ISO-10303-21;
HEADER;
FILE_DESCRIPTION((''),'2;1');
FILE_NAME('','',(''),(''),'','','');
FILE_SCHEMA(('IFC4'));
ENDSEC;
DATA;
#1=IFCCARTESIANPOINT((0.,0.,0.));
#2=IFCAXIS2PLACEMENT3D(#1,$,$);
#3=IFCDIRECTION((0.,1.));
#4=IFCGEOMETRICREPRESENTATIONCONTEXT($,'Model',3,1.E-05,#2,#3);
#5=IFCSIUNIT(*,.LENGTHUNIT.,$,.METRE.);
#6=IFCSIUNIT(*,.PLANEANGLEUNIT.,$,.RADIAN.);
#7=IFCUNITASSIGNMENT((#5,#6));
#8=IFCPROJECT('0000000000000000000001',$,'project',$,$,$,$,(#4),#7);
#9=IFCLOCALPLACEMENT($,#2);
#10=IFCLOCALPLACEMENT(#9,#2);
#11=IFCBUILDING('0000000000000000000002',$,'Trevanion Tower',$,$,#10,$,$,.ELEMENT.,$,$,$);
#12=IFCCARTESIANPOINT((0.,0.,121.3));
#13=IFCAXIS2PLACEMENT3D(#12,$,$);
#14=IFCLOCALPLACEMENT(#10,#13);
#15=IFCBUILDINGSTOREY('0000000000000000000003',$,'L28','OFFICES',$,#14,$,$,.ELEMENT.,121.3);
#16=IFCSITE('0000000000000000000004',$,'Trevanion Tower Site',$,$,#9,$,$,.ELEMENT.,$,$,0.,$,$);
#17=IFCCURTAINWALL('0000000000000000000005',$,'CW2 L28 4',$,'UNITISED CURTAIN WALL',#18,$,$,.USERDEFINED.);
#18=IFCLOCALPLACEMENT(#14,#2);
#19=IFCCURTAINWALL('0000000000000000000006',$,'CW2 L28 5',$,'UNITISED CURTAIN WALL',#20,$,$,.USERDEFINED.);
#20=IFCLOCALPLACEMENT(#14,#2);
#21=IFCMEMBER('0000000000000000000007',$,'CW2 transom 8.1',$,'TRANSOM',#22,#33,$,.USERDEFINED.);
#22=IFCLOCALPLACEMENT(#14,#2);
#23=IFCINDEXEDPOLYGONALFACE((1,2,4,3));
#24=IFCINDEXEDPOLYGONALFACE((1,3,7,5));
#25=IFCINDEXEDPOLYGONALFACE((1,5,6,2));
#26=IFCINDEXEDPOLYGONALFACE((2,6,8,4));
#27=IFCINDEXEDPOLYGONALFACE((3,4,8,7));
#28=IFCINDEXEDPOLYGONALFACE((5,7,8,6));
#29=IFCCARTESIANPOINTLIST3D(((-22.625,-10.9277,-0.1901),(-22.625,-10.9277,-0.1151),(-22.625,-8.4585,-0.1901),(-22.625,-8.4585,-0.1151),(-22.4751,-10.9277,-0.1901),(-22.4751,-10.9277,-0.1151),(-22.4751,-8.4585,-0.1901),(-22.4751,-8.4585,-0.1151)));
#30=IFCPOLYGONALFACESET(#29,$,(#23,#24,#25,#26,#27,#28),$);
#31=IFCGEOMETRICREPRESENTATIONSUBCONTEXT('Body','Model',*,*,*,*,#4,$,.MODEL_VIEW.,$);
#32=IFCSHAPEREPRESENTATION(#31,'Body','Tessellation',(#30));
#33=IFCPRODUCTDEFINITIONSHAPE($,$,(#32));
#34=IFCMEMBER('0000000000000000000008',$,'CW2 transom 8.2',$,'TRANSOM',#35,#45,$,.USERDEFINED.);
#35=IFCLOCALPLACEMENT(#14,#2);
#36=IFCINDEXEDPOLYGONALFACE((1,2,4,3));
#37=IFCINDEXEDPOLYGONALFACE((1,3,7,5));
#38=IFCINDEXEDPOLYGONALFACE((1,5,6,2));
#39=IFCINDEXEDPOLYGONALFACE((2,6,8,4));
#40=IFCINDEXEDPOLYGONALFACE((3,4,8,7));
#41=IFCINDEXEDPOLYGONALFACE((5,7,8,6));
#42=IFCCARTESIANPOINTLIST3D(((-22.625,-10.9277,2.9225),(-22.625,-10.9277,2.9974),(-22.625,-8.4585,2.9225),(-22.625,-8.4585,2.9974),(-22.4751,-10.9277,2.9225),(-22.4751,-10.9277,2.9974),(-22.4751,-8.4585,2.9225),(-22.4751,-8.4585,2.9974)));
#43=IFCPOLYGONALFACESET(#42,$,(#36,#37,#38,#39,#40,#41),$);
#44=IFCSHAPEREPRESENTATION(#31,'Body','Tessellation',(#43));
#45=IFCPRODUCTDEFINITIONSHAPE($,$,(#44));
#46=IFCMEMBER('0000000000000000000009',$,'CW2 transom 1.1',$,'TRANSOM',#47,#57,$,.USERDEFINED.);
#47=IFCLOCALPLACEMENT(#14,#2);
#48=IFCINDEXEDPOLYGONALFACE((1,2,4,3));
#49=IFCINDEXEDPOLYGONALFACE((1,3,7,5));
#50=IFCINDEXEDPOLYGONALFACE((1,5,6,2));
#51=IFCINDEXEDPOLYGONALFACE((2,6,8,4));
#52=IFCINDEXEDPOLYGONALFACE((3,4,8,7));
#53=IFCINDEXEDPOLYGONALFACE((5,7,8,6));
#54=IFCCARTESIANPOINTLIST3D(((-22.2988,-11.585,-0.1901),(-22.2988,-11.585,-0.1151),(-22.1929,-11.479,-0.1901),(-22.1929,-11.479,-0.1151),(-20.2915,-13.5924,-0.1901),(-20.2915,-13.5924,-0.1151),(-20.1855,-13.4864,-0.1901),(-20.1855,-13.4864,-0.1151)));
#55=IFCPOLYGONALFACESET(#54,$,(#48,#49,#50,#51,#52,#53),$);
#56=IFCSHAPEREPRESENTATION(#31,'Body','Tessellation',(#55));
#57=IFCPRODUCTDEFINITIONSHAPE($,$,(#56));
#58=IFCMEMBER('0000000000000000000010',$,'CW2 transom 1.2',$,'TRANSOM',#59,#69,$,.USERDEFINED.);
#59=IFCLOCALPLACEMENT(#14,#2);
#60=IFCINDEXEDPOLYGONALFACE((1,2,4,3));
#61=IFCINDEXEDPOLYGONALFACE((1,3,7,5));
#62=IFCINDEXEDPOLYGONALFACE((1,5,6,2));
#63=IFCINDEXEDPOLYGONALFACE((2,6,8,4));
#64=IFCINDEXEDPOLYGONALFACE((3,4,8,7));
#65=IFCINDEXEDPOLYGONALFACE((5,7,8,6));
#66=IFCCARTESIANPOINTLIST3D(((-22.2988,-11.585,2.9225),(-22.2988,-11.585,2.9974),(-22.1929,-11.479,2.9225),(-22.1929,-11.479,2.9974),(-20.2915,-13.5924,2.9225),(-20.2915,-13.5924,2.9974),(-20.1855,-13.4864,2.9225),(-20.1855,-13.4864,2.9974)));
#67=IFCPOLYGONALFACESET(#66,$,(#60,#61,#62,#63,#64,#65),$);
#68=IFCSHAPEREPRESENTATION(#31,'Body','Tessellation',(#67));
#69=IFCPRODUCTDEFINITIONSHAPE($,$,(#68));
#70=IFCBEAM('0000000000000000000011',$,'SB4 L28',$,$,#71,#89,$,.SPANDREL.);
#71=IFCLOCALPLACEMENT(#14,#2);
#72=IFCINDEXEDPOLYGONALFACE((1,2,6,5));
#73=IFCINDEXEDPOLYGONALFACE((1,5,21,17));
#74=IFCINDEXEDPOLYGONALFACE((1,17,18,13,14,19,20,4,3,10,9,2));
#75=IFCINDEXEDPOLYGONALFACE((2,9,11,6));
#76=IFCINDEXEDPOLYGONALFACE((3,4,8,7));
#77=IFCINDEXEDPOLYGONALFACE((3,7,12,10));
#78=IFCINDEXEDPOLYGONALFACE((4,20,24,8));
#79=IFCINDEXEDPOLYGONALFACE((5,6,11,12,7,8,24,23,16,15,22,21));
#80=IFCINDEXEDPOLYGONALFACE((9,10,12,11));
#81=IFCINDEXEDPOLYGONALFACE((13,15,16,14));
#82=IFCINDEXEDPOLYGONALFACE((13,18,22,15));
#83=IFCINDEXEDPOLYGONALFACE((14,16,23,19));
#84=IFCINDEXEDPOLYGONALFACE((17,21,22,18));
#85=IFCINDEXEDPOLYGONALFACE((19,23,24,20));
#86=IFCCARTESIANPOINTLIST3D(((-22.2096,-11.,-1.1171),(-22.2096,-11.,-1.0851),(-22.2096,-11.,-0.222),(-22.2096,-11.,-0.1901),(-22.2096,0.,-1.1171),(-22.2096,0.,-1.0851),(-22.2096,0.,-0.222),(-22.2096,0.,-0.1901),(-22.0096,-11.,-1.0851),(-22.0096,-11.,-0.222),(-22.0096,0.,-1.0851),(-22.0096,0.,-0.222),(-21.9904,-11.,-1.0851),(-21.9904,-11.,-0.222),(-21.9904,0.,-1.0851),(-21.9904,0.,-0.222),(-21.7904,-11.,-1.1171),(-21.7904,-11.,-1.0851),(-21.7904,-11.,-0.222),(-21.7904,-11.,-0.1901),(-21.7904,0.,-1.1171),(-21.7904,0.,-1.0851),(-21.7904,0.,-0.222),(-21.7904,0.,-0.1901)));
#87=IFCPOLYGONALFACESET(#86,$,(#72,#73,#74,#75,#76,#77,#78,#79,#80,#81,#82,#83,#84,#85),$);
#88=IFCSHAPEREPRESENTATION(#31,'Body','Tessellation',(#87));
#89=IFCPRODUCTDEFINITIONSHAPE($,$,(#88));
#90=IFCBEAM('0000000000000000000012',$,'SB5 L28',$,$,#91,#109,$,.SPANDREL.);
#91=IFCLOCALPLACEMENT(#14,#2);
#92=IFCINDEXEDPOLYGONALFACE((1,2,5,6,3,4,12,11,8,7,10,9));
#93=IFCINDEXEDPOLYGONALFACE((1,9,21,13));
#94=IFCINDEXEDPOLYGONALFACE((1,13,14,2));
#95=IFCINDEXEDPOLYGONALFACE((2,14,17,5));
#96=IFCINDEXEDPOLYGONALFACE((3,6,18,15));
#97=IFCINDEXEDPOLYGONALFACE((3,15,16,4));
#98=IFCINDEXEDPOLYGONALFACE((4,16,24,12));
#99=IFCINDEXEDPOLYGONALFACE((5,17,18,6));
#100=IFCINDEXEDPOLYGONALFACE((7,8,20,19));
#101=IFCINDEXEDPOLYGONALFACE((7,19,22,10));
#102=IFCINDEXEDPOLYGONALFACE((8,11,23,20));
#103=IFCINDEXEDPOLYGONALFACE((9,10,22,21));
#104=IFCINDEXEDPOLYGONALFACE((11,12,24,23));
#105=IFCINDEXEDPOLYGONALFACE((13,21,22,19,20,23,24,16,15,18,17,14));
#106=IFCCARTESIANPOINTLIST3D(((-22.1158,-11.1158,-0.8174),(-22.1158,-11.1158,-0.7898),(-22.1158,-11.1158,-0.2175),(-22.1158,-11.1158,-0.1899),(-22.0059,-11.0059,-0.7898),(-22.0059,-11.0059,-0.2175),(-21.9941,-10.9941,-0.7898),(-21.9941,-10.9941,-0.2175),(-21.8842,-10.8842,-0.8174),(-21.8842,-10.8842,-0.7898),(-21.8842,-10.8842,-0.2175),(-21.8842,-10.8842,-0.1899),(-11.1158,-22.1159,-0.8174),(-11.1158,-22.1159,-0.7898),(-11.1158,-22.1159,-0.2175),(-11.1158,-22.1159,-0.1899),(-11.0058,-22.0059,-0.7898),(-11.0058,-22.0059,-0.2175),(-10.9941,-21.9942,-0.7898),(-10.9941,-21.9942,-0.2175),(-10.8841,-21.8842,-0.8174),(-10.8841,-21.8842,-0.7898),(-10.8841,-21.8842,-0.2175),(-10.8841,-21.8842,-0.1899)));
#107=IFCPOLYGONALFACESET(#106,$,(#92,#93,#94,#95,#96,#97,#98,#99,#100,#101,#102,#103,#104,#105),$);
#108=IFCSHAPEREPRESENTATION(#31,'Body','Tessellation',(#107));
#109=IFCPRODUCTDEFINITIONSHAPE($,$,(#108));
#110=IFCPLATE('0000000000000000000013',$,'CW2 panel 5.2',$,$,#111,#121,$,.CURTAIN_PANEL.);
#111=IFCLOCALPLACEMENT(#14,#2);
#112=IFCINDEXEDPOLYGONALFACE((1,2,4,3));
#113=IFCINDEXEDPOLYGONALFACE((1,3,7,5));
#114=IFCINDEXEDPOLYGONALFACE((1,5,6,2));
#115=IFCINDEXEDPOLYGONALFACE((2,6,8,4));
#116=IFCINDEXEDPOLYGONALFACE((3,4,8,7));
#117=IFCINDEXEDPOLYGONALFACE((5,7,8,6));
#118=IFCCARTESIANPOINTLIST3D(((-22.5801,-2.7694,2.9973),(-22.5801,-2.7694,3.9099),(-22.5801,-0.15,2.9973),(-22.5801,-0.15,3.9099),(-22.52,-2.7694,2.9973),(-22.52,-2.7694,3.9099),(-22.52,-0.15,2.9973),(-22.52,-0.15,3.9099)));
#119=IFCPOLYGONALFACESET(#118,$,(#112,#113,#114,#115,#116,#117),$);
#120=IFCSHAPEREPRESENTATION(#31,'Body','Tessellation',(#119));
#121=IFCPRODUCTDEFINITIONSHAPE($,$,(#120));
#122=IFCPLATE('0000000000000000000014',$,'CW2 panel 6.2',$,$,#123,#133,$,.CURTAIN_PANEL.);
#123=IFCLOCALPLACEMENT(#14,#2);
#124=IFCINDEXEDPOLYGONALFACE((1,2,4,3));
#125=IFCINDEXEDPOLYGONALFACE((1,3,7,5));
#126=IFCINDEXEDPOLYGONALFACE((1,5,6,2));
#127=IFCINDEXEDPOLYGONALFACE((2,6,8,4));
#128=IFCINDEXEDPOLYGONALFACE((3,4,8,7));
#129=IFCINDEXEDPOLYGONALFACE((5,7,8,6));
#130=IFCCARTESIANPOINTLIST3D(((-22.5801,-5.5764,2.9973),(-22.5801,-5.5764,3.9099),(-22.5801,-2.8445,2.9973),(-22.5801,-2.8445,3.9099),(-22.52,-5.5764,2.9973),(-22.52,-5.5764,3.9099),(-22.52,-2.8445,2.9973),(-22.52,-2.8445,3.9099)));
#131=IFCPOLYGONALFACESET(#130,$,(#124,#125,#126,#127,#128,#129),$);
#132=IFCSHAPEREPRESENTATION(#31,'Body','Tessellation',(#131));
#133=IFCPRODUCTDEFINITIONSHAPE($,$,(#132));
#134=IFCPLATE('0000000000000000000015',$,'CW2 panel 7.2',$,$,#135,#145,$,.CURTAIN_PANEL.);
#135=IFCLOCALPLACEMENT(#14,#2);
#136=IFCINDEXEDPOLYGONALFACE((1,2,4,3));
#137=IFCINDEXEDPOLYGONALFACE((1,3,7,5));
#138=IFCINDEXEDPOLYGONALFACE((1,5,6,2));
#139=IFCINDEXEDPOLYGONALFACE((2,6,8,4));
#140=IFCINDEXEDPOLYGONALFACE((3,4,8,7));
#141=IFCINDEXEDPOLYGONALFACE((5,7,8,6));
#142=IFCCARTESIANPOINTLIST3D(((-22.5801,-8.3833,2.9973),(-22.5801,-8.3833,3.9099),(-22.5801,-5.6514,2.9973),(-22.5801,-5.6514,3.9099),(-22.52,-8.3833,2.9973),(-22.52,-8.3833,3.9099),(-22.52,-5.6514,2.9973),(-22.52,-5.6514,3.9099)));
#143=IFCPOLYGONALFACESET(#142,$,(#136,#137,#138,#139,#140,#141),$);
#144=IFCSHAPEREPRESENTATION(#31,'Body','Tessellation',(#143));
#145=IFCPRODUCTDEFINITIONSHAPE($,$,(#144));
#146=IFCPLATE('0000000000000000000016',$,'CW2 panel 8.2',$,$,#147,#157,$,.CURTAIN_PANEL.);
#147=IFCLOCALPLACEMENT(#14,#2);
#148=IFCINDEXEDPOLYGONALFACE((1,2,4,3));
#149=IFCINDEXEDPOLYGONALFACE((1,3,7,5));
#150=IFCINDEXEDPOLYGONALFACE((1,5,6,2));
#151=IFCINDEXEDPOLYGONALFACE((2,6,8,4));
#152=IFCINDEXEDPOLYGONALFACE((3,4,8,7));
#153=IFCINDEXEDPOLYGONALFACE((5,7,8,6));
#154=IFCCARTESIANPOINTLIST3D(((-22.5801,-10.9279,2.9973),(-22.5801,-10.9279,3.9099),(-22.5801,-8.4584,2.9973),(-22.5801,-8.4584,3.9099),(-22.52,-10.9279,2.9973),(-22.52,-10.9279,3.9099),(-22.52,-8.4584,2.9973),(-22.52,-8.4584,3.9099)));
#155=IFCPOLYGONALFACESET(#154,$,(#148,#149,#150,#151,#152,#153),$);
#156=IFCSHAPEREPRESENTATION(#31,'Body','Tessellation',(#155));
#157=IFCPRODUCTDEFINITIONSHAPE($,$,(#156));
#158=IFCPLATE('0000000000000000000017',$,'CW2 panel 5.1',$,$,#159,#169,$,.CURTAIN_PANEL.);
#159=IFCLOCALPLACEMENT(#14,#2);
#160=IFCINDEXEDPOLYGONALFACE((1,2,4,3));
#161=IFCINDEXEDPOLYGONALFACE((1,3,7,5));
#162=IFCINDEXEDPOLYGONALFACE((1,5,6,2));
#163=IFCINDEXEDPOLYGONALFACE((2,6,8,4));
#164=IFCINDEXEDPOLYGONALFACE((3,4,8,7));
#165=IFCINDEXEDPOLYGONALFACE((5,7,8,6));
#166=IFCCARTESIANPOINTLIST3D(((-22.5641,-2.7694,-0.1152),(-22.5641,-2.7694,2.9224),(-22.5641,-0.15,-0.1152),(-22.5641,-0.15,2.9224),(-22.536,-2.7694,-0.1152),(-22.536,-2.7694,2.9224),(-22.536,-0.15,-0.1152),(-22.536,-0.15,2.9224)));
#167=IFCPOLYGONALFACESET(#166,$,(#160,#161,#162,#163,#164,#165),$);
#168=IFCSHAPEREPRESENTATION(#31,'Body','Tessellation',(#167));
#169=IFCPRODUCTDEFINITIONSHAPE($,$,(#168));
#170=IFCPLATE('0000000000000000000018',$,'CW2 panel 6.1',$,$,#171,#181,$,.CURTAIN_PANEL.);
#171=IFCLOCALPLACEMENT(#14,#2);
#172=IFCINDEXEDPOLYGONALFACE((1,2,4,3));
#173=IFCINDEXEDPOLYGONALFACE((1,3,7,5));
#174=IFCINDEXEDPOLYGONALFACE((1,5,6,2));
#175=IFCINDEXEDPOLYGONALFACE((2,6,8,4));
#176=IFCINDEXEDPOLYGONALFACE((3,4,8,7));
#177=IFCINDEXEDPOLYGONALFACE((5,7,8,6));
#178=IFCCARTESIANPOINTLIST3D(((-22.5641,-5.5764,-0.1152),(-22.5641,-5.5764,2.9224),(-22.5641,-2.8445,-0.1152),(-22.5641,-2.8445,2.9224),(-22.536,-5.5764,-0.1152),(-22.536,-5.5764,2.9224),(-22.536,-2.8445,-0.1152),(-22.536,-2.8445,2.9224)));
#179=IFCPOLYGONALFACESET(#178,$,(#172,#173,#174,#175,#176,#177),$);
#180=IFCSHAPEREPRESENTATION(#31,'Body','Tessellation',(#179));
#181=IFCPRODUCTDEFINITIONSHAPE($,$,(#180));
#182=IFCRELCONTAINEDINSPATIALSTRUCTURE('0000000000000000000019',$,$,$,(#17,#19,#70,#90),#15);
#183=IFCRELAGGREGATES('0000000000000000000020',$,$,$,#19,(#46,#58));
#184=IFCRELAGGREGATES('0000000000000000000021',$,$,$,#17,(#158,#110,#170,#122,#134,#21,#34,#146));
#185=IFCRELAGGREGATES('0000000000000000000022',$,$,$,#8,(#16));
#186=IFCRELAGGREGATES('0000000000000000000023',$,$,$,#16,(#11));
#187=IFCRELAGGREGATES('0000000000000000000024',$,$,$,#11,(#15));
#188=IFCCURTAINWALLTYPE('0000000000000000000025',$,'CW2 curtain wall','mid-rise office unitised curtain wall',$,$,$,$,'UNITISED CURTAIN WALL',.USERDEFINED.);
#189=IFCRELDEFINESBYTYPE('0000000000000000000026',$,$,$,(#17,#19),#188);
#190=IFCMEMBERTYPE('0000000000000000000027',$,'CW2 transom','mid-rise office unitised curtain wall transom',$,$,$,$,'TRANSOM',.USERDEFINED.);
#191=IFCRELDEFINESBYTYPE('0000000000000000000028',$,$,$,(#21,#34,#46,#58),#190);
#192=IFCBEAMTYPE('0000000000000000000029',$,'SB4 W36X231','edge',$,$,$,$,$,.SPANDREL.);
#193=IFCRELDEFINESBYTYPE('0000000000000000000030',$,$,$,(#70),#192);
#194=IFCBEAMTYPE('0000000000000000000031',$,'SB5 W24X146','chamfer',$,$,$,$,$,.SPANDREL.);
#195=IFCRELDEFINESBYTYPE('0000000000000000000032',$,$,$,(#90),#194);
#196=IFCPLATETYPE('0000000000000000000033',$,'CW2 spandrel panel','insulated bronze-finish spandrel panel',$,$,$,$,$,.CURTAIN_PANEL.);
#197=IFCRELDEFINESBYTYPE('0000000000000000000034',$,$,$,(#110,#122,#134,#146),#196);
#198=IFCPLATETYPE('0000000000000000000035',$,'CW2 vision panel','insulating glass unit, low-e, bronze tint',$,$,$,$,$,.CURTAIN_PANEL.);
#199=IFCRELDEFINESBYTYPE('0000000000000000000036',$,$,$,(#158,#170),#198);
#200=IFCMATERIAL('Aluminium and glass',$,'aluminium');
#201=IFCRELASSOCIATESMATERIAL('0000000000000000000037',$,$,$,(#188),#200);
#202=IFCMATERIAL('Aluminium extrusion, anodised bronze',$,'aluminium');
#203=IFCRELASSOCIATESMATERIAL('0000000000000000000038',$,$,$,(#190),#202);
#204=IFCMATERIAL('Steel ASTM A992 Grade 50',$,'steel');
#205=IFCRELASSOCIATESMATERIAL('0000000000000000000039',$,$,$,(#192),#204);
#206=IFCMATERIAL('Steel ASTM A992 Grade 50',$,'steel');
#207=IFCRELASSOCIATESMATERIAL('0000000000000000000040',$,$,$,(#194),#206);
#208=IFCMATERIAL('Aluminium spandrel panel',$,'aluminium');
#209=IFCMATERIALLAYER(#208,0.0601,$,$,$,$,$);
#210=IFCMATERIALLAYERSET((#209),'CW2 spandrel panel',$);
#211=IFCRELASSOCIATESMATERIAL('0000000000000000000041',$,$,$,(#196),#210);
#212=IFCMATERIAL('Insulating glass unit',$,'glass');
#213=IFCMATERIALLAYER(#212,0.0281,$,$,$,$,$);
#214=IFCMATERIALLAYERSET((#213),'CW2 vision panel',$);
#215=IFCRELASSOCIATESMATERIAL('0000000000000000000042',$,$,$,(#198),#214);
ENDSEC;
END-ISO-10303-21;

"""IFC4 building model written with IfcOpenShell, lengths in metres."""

from ifc_helpers import new_model, si_unit, direction, frame, origin, origin_2d, place, context, subcontext, project, spatial, rectangle, i_section, extrude, material, layer, layer_set, material_profile, profile_set, type_object, element, aggregate, save


model = new_model("IFC4")

# Units and contexts
model_context = context("Model", 3, precision=1e-05, world=origin(), true_north=direction((0.0, 1.0)))
body_context = subcontext(model_context, "Body", "Model", "MODEL_VIEW")
ifc_project = project(units=[si_unit("LENGTHUNIT", "METRE"), si_unit("PLANEANGLEUNIT", "RADIAN")], contexts=[model_context])

# Site, building, storey
site_placement = place(None, origin())
site = spatial("IfcSite", under=ifc_project, at=site_placement, Name="Trevanion Tower Site", CompositionType="ELEMENT", RefElevation=0.0)
building_placement = place(site_placement, origin())
building = spatial("IfcBuilding", under=site, at=building_placement, Name="Trevanion Tower", CompositionType="ELEMENT")
storey_placement = place(building_placement, frame((0.0, 0.0, 121.3)))
storey = spatial("IfcBuildingStorey", under=building, at=storey_placement, Name="L28", Description="OFFICES", CompositionType="ELEMENT", Elevation=121.3)

# Curtain wall
ifc_material_1 = material(Name="Aluminium and glass", Category="aluminium")
curtain_wall_type = type_object("IfcCurtainWallType", Name="CW2 curtain wall", Description="mid-rise office unitised curtain wall", ElementType="UNITISED CURTAIN WALL", PredefinedType="USERDEFINED", material=ifc_material_1)
curtain_wall_1_placement = place(storey_placement, origin())
curtain_wall_1 = element("IfcCurtainWall", 1, at=curtain_wall_1_placement, inside=storey, type_object=curtain_wall_type, Name="CW2 L28 4", ObjectType="UNITISED CURTAIN WALL", PredefinedType="USERDEFINED")

# Curtain wall
curtain_wall_2_placement = place(storey_placement, origin())
curtain_wall_2 = element("IfcCurtainWall", 2, at=curtain_wall_2_placement, inside=storey, type_object=curtain_wall_type, Name="CW2 L28 5", ObjectType="UNITISED CURTAIN WALL", PredefinedType="USERDEFINED")

# Members
ifc_material_2 = material(Name="Aluminium extrusion, anodised bronze", Category="aluminium")
ifc_material_profile_1 = material_profile(ifc_material_2, rectangle(XDim=0.1499, YDim=0.075, at=origin_2d()), Name="CW2 transom")
ifc_profile_set_1 = profile_set([ifc_material_profile_1], Name="Aluminium extrusion, anodised bronze")
member_type_1 = type_object("IfcMemberType", Name="CW2 transom", Description="mid-rise office unitised curtain wall transom", ElementType="TRANSOM", PredefinedType="USERDEFINED", material=ifc_profile_set_1)
member_1_placement = place(storey_placement, frame((-22.55, -8.4585, -0.1526), z_axis=(0.0, -1.0, 0.0), x_axis=(1.0, 0.0, 0.0)))
member_1 = element("IfcMember", 3, at=member_1_placement, type_object=member_type_1, Name="CW2 transom 8.1", ObjectType="TRANSOM", PredefinedType="USERDEFINED", context=body_context, shape_type="SweptSolid", body=[
    extrude(rectangle(XDim=0.1499, YDim=0.075, at=origin_2d()), origin(), (0.0, 0.0, 1.0), 2.4692),
])
member_2_placement = place(storey_placement, frame((-22.55, -8.4585, 2.96), z_axis=(0.0, -1.0, 0.0), x_axis=(1.0, 0.0, 0.0)))
member_2 = element("IfcMember", 4, at=member_2_placement, type_object=member_type_1, Name="CW2 transom 8.2", ObjectType="TRANSOM", PredefinedType="USERDEFINED", context=body_context, shape_type="SweptSolid", body=[
    extrude(rectangle(XDim=0.1499, YDim=0.075, at=origin_2d()), origin(), (0.0, 0.0, 1.0), 2.4692),
])
member_3_placement = place(storey_placement, frame((-22.2458, -11.532, -0.1526), z_axis=(0.707107, -0.707107, 0.0), x_axis=(0.707107, 0.707107, 0.0)))
member_3 = element("IfcMember", 5, at=member_3_placement, type_object=member_type_1, Name="CW2 transom 1.1", ObjectType="TRANSOM", PredefinedType="USERDEFINED", context=body_context, shape_type="SweptSolid", body=[
    extrude(rectangle(XDim=0.1499, YDim=0.075, at=origin_2d()), origin(), (0.0, 0.0, 1.0), 2.8389),
])
member_4_placement = place(storey_placement, frame((-22.2458, -11.532, 2.96), z_axis=(0.707107, -0.707107, 0.0), x_axis=(0.707107, 0.707107, 0.0)))
member_4 = element("IfcMember", 6, at=member_4_placement, type_object=member_type_1, Name="CW2 transom 1.2", ObjectType="TRANSOM", PredefinedType="USERDEFINED", context=body_context, shape_type="SweptSolid", body=[
    extrude(rectangle(XDim=0.1499, YDim=0.075, at=origin_2d()), origin(), (0.0, 0.0, 1.0), 2.8389),
])
aggregate(curtain_wall_2, [member_3, member_4])

# Beams
ifc_material_3 = material(Name="Steel ASTM A992 Grade 50", Category="steel")
ifc_material_profile_2 = material_profile(ifc_material_3, i_section(OverallWidth=0.4192, OverallDepth=0.927, WebThickness=0.0193, FlangeThickness=0.032, at=origin_2d()), Name="W36X231")
ifc_profile_set_2 = profile_set([ifc_material_profile_2], Name="Steel ASTM A992 Grade 50")
beam_type_1 = type_object("IfcBeamType", Name="SB4 W36X231", Description="edge", PredefinedType="SPANDREL", material=ifc_profile_set_2)
beam_1_placement = place(storey_placement, frame((-22.0, 0.0, -0.6536), z_axis=(0.0, -1.0, 0.0), x_axis=(1.0, 0.0, 0.0)))
element("IfcBeam", 7, at=beam_1_placement, inside=storey, type_object=beam_type_1, Name="SB4 L28", PredefinedType="SPANDREL", context=body_context, shape_type="SweptSolid", body=[
    extrude(i_section(OverallWidth=0.4192, OverallDepth=0.927, WebThickness=0.0193, FlangeThickness=0.032, at=origin_2d()), origin(), (0.0, 0.0, 1.0), 11.0),
])
ifc_material_4 = material(Name="Steel ASTM A992 Grade 50", Category="steel")
ifc_material_profile_3 = material_profile(ifc_material_4, i_section(OverallWidth=0.3276, OverallDepth=0.6274, WebThickness=0.0166, FlangeThickness=0.0276, at=origin_2d()), Name="W24X146")
ifc_profile_set_3 = profile_set([ifc_material_profile_3], Name="Steel ASTM A992 Grade 50")
beam_type_2 = type_object("IfcBeamType", Name="SB5 W24X146", Description="chamfer", PredefinedType="SPANDREL", material=ifc_profile_set_3)
beam_2_placement = place(storey_placement, frame((-22.0, -11.0, -0.5037), z_axis=(0.707107, -0.707107, 0.0), x_axis=(0.707107, 0.707107, 0.0)))
element("IfcBeam", 8, at=beam_2_placement, inside=storey, type_object=beam_type_2, Name="SB5 L28", PredefinedType="SPANDREL", context=body_context, shape_type="SweptSolid", body=[
    extrude(i_section(OverallWidth=0.3276, OverallDepth=0.6274, WebThickness=0.0166, FlangeThickness=0.0276, at=origin_2d()), origin(), (0.0, 0.0, 1.0), 15.5564),
])

# Plates
ifc_material_5 = material(Name="Aluminium spandrel panel", Category="aluminium")
ifc_layer_1 = layer(ifc_material_5, 0.0601)
ifc_layer_set_1 = layer_set([ifc_layer_1], Name="CW2 spandrel panel")
plate_type_1 = type_object("IfcPlateType", Name="CW2 spandrel panel", Description="insulated bronze-finish spandrel panel", PredefinedType="CURTAIN_PANEL", material=ifc_layer_set_1)
plate_1_placement = place(storey_placement, frame((-22.55, -1.4597, 2.9973), z_axis=(0.0, 0.0, 1.0), x_axis=(0.0, -1.0, 0.0)))
plate_1 = element("IfcPlate", 9, at=plate_1_placement, type_object=plate_type_1, Name="CW2 panel 5.2", PredefinedType="CURTAIN_PANEL", context=body_context, shape_type="SweptSolid", body=[
    extrude(rectangle(XDim=2.6194, YDim=0.0601, at=origin_2d()), origin(), (0.0, 0.0, 1.0), 0.9126),
])
plate_2_placement = place(storey_placement, frame((-22.55, -4.2104, 2.9973), z_axis=(0.0, 0.0, 1.0), x_axis=(0.0, -1.0, 0.0)))
plate_2 = element("IfcPlate", 10, at=plate_2_placement, type_object=plate_type_1, Name="CW2 panel 6.2", PredefinedType="CURTAIN_PANEL", context=body_context, shape_type="SweptSolid", body=[
    extrude(rectangle(XDim=2.7319, YDim=0.0601, at=origin_2d()), origin(), (0.0, 0.0, 1.0), 0.9126),
])
plate_3_placement = place(storey_placement, frame((-22.55, -7.0173, 2.9973), z_axis=(0.0, 0.0, 1.0), x_axis=(0.0, -1.0, 0.0)))
plate_3 = element("IfcPlate", 11, at=plate_3_placement, type_object=plate_type_1, Name="CW2 panel 7.2", PredefinedType="CURTAIN_PANEL", context=body_context, shape_type="SweptSolid", body=[
    extrude(rectangle(XDim=2.7319, YDim=0.0601, at=origin_2d()), origin(), (0.0, 0.0, 1.0), 0.9126),
])
plate_4_placement = place(storey_placement, frame((-22.55, -9.6931, 2.9973), z_axis=(0.0, 0.0, 1.0), x_axis=(0.0, -1.0, 0.0)))
plate_4 = element("IfcPlate", 12, at=plate_4_placement, type_object=plate_type_1, Name="CW2 panel 8.2", PredefinedType="CURTAIN_PANEL", context=body_context, shape_type="SweptSolid", body=[
    extrude(rectangle(XDim=2.4695, YDim=0.0601, at=origin_2d()), origin(), (0.0, 0.0, 1.0), 0.9126),
])
ifc_material_6 = material(Name="Insulating glass unit", Category="glass")
ifc_layer_2 = layer(ifc_material_6, 0.0281)
ifc_layer_set_2 = layer_set([ifc_layer_2], Name="CW2 vision panel")
plate_type_2 = type_object("IfcPlateType", Name="CW2 vision panel", Description="insulating glass unit, low-e, bronze tint", PredefinedType="CURTAIN_PANEL", material=ifc_layer_set_2)
plate_5_placement = place(storey_placement, frame((-22.55, -1.4597, -0.1152), z_axis=(0.0, 0.0, 1.0), x_axis=(0.0, -1.0, 0.0)))
plate_5 = element("IfcPlate", 13, at=plate_5_placement, type_object=plate_type_2, Name="CW2 panel 5.1", PredefinedType="CURTAIN_PANEL", context=body_context, shape_type="SweptSolid", body=[
    extrude(rectangle(XDim=2.6194, YDim=0.0281, at=origin_2d()), origin(), (0.0, 0.0, 1.0), 3.0376),
])
plate_6_placement = place(storey_placement, frame((-22.55, -4.2104, -0.1152), z_axis=(0.0, 0.0, 1.0), x_axis=(0.0, -1.0, 0.0)))
plate_6 = element("IfcPlate", 14, at=plate_6_placement, type_object=plate_type_2, Name="CW2 panel 6.1", PredefinedType="CURTAIN_PANEL", context=body_context, shape_type="SweptSolid", body=[
    extrude(rectangle(XDim=2.7319, YDim=0.0281, at=origin_2d()), origin(), (0.0, 0.0, 1.0), 3.0376),
])
aggregate(curtain_wall_1, [plate_5, plate_1, plate_6, plate_2, plate_3, member_1, member_2, plate_4])

save(model, "model.ifc")
